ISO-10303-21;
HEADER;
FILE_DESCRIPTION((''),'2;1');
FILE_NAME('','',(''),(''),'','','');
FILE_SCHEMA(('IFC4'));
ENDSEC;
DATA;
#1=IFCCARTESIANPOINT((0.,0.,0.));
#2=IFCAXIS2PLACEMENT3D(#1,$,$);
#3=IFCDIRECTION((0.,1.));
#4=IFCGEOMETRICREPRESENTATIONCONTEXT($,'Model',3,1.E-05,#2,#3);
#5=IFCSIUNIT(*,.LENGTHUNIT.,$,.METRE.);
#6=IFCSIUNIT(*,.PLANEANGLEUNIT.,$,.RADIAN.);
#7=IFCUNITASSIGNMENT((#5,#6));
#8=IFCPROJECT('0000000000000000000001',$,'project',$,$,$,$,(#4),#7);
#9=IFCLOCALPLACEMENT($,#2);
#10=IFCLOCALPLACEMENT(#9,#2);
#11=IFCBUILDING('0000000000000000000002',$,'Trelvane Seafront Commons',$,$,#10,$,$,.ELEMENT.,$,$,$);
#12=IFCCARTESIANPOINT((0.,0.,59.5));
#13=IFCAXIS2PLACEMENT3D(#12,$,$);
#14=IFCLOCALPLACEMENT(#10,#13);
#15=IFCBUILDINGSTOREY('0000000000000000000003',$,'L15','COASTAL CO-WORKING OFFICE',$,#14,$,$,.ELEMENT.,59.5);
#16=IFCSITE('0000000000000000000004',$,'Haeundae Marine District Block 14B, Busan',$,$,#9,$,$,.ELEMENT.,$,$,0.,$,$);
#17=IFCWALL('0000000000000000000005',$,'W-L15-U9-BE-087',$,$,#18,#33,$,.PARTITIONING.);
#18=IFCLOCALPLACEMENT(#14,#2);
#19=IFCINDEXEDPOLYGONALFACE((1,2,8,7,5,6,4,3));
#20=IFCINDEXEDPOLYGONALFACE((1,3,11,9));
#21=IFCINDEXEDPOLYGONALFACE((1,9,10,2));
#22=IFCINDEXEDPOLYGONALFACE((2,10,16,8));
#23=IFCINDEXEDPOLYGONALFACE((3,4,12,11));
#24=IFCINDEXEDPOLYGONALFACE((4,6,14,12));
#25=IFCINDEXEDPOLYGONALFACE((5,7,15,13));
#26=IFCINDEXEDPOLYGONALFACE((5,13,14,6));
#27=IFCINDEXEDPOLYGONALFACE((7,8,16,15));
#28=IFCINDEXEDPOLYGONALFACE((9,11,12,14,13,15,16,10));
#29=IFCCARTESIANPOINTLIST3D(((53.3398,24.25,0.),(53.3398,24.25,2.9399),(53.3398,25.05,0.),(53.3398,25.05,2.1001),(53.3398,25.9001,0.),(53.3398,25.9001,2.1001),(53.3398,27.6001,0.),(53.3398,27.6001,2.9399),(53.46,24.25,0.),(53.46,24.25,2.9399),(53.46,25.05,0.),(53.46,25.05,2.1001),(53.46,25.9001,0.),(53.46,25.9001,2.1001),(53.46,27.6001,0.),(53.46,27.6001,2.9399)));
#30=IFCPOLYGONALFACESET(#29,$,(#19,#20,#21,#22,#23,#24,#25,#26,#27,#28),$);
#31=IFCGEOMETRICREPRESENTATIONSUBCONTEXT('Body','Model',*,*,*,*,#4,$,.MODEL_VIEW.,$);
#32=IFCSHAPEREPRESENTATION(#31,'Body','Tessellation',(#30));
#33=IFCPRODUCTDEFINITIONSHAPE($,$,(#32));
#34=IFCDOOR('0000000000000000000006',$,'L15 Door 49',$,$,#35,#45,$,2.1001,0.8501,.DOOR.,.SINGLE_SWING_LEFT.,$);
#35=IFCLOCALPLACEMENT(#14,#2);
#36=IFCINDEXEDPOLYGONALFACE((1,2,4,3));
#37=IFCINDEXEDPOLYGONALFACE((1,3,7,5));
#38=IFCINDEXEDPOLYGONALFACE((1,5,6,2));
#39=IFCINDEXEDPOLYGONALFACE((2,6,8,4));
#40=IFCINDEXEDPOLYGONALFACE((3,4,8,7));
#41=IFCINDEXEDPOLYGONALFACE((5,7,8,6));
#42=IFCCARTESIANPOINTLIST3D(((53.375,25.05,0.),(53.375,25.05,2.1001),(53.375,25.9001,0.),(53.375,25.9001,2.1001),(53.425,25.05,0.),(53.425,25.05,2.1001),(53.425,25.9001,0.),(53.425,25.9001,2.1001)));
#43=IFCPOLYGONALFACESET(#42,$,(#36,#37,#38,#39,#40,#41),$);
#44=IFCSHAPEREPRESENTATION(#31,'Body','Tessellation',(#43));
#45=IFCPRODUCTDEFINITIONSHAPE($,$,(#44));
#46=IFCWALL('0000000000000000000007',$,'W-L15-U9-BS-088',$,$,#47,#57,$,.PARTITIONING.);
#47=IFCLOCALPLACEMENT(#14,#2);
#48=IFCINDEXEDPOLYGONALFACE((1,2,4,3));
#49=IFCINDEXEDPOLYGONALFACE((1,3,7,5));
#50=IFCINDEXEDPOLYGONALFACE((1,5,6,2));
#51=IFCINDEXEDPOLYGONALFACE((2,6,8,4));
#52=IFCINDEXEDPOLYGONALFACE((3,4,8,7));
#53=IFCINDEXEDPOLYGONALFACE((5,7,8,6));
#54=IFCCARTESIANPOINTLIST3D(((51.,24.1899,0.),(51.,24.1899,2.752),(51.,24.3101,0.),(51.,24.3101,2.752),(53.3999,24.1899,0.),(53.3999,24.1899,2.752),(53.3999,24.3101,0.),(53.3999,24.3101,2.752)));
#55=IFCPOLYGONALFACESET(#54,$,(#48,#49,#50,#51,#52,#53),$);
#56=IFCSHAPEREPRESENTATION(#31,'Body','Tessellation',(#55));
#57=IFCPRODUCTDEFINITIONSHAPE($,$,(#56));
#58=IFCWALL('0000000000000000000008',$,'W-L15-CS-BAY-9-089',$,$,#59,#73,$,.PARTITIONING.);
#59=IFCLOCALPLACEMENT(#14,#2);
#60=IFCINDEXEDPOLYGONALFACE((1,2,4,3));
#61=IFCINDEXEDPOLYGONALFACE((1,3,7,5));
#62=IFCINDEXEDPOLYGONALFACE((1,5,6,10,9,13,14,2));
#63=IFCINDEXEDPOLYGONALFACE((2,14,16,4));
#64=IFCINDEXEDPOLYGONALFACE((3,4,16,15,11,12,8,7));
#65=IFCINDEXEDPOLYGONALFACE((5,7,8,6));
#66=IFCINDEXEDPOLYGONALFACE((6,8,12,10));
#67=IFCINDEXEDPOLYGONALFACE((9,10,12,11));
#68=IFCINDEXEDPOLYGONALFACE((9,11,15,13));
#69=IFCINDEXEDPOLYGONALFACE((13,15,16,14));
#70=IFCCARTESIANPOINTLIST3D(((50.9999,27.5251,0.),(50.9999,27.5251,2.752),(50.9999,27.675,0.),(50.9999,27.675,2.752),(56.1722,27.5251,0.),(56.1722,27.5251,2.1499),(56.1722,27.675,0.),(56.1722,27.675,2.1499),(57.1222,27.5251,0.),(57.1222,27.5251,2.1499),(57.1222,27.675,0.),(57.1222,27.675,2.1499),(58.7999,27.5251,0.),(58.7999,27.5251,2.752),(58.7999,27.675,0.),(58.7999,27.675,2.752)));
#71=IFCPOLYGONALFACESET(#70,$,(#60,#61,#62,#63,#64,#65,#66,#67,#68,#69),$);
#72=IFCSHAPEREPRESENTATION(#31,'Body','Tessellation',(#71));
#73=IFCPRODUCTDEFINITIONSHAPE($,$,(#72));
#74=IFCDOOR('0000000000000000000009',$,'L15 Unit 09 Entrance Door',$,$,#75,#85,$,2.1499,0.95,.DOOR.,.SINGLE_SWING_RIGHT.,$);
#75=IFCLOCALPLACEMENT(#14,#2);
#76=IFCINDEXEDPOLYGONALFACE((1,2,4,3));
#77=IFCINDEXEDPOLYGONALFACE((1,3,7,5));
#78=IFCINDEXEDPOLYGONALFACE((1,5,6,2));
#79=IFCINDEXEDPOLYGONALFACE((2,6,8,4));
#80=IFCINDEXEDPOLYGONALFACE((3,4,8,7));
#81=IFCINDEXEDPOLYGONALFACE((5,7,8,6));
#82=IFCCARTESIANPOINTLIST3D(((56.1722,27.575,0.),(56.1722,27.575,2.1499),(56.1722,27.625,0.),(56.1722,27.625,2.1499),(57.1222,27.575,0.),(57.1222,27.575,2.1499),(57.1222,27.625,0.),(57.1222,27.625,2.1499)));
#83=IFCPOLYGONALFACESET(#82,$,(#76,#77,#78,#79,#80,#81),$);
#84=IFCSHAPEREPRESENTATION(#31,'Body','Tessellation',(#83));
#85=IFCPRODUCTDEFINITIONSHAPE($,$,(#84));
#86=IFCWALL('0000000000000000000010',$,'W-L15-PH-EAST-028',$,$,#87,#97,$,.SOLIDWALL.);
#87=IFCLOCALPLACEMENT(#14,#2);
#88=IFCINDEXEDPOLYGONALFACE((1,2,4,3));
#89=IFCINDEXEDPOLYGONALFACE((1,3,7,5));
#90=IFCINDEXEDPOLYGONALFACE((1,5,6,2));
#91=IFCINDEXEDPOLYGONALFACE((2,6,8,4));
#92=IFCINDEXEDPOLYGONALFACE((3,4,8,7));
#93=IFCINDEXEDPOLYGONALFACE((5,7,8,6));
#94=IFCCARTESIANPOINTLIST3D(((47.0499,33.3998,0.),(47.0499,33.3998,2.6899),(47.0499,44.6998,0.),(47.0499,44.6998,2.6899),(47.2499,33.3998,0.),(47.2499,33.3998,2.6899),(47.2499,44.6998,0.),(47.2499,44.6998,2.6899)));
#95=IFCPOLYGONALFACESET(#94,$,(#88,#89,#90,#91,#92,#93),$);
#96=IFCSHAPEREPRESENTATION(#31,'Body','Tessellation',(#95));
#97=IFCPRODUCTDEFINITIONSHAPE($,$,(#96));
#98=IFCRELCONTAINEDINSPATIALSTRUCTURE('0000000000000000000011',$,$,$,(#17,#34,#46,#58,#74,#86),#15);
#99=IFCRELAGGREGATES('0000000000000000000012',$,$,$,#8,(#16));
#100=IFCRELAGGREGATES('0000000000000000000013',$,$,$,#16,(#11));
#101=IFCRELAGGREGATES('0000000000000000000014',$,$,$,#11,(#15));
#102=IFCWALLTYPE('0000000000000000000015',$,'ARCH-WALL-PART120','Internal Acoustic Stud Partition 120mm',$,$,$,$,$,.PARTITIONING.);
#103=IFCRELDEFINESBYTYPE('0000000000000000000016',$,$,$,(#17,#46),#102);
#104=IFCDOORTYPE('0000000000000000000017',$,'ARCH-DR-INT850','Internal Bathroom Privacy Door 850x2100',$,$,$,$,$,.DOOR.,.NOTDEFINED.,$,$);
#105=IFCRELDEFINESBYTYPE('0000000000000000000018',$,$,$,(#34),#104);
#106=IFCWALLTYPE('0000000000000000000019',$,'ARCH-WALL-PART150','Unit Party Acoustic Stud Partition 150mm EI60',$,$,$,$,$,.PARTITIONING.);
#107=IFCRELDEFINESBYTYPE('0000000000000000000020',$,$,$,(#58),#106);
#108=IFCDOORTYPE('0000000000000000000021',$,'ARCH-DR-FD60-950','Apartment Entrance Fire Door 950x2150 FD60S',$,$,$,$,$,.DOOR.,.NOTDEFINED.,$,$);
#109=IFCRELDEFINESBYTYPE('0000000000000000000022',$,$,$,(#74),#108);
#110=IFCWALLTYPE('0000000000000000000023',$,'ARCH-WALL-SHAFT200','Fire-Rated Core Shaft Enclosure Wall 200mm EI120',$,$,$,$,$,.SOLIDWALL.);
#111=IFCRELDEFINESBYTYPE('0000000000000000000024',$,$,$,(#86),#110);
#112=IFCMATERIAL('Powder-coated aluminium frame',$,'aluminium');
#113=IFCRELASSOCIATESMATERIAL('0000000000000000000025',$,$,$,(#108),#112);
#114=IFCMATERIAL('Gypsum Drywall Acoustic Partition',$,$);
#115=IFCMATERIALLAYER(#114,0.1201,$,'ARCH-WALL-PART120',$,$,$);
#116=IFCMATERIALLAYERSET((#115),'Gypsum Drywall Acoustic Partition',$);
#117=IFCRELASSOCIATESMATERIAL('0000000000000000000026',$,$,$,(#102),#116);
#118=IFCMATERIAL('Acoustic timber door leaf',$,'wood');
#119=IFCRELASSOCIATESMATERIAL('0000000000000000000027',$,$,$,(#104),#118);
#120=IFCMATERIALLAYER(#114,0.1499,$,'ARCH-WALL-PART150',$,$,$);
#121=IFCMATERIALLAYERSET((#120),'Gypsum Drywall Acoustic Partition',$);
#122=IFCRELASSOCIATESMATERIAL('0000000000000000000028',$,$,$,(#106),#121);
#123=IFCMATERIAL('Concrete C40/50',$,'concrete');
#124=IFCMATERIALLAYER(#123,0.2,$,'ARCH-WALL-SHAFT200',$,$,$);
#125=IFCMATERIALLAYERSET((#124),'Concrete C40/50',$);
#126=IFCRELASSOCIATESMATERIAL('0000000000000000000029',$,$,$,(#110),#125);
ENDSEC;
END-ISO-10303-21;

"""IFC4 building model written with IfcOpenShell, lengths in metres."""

from ifc_helpers import new_model, si_unit, direction, frame, frame_2d, origin, place, context, subcontext, project, spatial, rectangle, extrude, source, transform, mapped, material, layer, layer_set, type_object, element, fill, save


model = new_model("IFC4")

# Units and contexts
model_context = context("Model", 3, precision=1e-05, world=origin(), true_north=direction((0.0, 1.0)))
body_context = subcontext(model_context, "Body", "Model", "MODEL_VIEW")
ifc_project = project(units=[si_unit("LENGTHUNIT", "METRE"), si_unit("PLANEANGLEUNIT", "RADIAN")], contexts=[model_context])

# Site, building, storey
site_placement = place(None, origin())
site = spatial("IfcSite", under=ifc_project, at=site_placement, Name="Haeundae Marine District Block 14B, Busan", CompositionType="ELEMENT", RefElevation=0.0)
building_placement = place(site_placement, origin())
building = spatial("IfcBuilding", under=site, at=building_placement, Name="Trelvane Seafront Commons", CompositionType="ELEMENT")
storey_placement = place(building_placement, frame((0.0, 0.0, 59.5)))
storey = spatial("IfcBuildingStorey", under=building, at=storey_placement, Name="L15", Description="COASTAL CO-WORKING OFFICE", CompositionType="ELEMENT", Elevation=59.5)

# Shared definitions
ifc_material_1 = material(Name="Concrete C40/50", Category="concrete")
ifc_material_2 = material(Name="Powder-coated aluminium frame", Category="aluminium")
door_type_1 = type_object("IfcDoorType", Name="ARCH-DR-FD60-950", Description="Apartment Entrance Fire Door 950x2150 FD60S", OperationType="NOTDEFINED", PredefinedType="DOOR", material=ifc_material_2)
shared_shape_1 = source(origin(), body_context, "Body", "SweptSolid", [
    extrude(rectangle(XDim=0.95, YDim=2.1499, at=frame_2d((0.4751, 1.075))), frame((0.0, 0.0249, 0.0), z_axis=(0.0, -1.0, 0.0), x_axis=(1.0, 0.0, 0.0)), (0.0, 0.0, 1.0), 0.05),
])

# Shared definitions
ifc_material_3 = material(Name="Gypsum Drywall Acoustic Partition")
ifc_layer_1 = layer(ifc_material_3, 0.1201, Name="ARCH-WALL-PART120")
ifc_layer_set_1 = layer_set([ifc_layer_1], Name="Gypsum Drywall Acoustic Partition")
wall_type_1 = type_object("IfcWallType", Name="ARCH-WALL-PART120", Description="Internal Acoustic Stud Partition 120mm", PredefinedType="PARTITIONING", material=ifc_layer_set_1)
ifc_material_4 = material(Name="Acoustic timber door leaf", Category="wood")

# Wall, opening, door
wall_1_placement = place(storey_placement, frame((53.3999, 24.25, 0.0), z_axis=(0.0, 0.0, 1.0), x_axis=(0.0, 1.0, 0.0)))
wall_1 = element("IfcWall", 1, at=wall_1_placement, inside=storey, type_object=wall_type_1, Name="W-L15-U9-BE-087", PredefinedType="PARTITIONING", context=body_context, shape_type="SweptSolid", body=[
    extrude(rectangle(XDim=3.3501, YDim=0.1201, at=frame_2d((1.675, 0.0))), origin(), (0.0, 0.0, 1.0), 2.9399),
])
opening_1_placement = place(wall_1_placement, frame((0.8, 0.0, 0.0)))
opening_1 = element("IfcOpeningElement", 2, at=opening_1_placement, cuts=wall_1, PredefinedType="OPENING", context=body_context, shape_type="SweptSolid", body=[
    extrude(rectangle(XDim=0.8501, YDim=2.1001, at=frame_2d((0.425, 1.05))), frame((0.0, 0.0701, 0.0), z_axis=(0.0, -1.0, 0.0), x_axis=(1.0, 0.0, 0.0)), (0.0, 0.0, 1.0), 0.1401),
])
door_type_2 = type_object("IfcDoorType", Name="ARCH-DR-INT850", Description="Internal Bathroom Privacy Door 850x2100", OperationType="NOTDEFINED", PredefinedType="DOOR", material=ifc_material_4)
shared_shape_2 = source(origin(), body_context, "Body", "SweptSolid", [
    extrude(rectangle(XDim=0.8501, YDim=2.1001, at=frame_2d((0.425, 1.05))), frame((0.0, 0.0249, 0.0), z_axis=(0.0, -1.0, 0.0), x_axis=(1.0, 0.0, 0.0)), (0.0, 0.0, 1.0), 0.05),
])
door_1_placement = place(opening_1_placement, origin())
door_1 = element("IfcDoor", 3, at=door_1_placement, inside=storey, type_object=door_type_2, Name="L15 Door 49", OperationType="SINGLE_SWING_LEFT", OverallHeight=2.1001, OverallWidth=0.8501, PredefinedType="DOOR", context=body_context, shape_type="MappedRepresentation", body=[
    mapped(shared_shape_2, transform((0.0, 0.0, 0.0), x_axis=(1.0, 0.0, 0.0), y_axis=(0.0, 1.0, 0.0), z_axis=(0.0, 0.0, 1.0), scale=1.0)),
])
fill(opening_1, door_1)

# Wall
wall_2_placement = place(storey_placement, frame((51.0, 24.25, 0.0), z_axis=(0.0, 0.0, 1.0), x_axis=(1.0, 0.0, 0.0)))
element("IfcWall", 4, at=wall_2_placement, inside=storey, type_object=wall_type_1, Name="W-L15-U9-BS-088", PredefinedType="PARTITIONING", context=body_context, shape_type="SweptSolid", body=[
    extrude(rectangle(XDim=2.3999, YDim=0.1201, at=frame_2d((1.2, 0.0))), origin(), (0.0, 0.0, 1.0), 2.752),
])

# Wall, opening, door
ifc_layer_2 = layer(ifc_material_3, 0.1499, Name="ARCH-WALL-PART150")
ifc_layer_set_2 = layer_set([ifc_layer_2], Name="Gypsum Drywall Acoustic Partition")
wall_type_2 = type_object("IfcWallType", Name="ARCH-WALL-PART150", Description="Unit Party Acoustic Stud Partition 150mm EI60", PredefinedType="PARTITIONING", material=ifc_layer_set_2)
wall_3_placement = place(storey_placement, frame((51.0, 27.6001, 0.0), z_axis=(0.0, 0.0, 1.0), x_axis=(1.0, 0.0, 0.0)))
wall_3 = element("IfcWall", 5, at=wall_3_placement, inside=storey, type_object=wall_type_2, Name="W-L15-CS-BAY-9-089", PredefinedType="PARTITIONING", context=body_context, shape_type="SweptSolid", body=[
    extrude(rectangle(XDim=7.8, YDim=0.1499, at=frame_2d((3.8999, 0.0))), origin(), (0.0, 0.0, 1.0), 2.752),
])
opening_2_placement = place(wall_3_placement, frame((5.1721, 0.0, 0.0)))
opening_2 = element("IfcOpeningElement", 6, at=opening_2_placement, cuts=wall_3, PredefinedType="OPENING", context=body_context, shape_type="SweptSolid", body=[
    extrude(rectangle(XDim=0.95, YDim=2.1499, at=frame_2d((0.4751, 1.075))), frame((0.0, 0.085, 0.0), z_axis=(0.0, -1.0, 0.0), x_axis=(1.0, 0.0, 0.0)), (0.0, 0.0, 1.0), 0.1699),
])
door_2_placement = place(opening_2_placement, origin())
door_2 = element("IfcDoor", 7, at=door_2_placement, inside=storey, type_object=door_type_1, Name="L15 Unit 09 Entrance Door", OperationType="SINGLE_SWING_RIGHT", OverallHeight=2.1499, OverallWidth=0.95, PredefinedType="DOOR", context=body_context, shape_type="MappedRepresentation", body=[
    mapped(shared_shape_1, transform((0.0, 0.0, 0.0), x_axis=(1.0, 0.0, 0.0), y_axis=(0.0, 1.0, 0.0), z_axis=(0.0, 0.0, 1.0), scale=1.0)),
])
fill(opening_2, door_2)

# Wall
ifc_layer_3 = layer(ifc_material_1, 0.2, Name="ARCH-WALL-SHAFT200")
ifc_layer_set_3 = layer_set([ifc_layer_3], Name="Concrete C40/50")
wall_type_3 = type_object("IfcWallType", Name="ARCH-WALL-SHAFT200", Description="Fire-Rated Core Shaft Enclosure Wall 200mm EI120", PredefinedType="SOLIDWALL", material=ifc_layer_set_3)
wall_4_placement = place(storey_placement, frame((47.1499, 33.3999, 0.0), z_axis=(0.0, 0.0, 1.0), x_axis=(0.0, 1.0, 0.0)))
element("IfcWall", 8, at=wall_4_placement, inside=storey, type_object=wall_type_3, Name="W-L15-PH-EAST-028", PredefinedType="SOLIDWALL", context=body_context, shape_type="SweptSolid", body=[
    extrude(rectangle(XDim=11.3, YDim=0.2, at=frame_2d((5.6499, 0.0))), origin(), (0.0, 0.0, 1.0), 2.6899),
])

save(model, "model.ifc")
